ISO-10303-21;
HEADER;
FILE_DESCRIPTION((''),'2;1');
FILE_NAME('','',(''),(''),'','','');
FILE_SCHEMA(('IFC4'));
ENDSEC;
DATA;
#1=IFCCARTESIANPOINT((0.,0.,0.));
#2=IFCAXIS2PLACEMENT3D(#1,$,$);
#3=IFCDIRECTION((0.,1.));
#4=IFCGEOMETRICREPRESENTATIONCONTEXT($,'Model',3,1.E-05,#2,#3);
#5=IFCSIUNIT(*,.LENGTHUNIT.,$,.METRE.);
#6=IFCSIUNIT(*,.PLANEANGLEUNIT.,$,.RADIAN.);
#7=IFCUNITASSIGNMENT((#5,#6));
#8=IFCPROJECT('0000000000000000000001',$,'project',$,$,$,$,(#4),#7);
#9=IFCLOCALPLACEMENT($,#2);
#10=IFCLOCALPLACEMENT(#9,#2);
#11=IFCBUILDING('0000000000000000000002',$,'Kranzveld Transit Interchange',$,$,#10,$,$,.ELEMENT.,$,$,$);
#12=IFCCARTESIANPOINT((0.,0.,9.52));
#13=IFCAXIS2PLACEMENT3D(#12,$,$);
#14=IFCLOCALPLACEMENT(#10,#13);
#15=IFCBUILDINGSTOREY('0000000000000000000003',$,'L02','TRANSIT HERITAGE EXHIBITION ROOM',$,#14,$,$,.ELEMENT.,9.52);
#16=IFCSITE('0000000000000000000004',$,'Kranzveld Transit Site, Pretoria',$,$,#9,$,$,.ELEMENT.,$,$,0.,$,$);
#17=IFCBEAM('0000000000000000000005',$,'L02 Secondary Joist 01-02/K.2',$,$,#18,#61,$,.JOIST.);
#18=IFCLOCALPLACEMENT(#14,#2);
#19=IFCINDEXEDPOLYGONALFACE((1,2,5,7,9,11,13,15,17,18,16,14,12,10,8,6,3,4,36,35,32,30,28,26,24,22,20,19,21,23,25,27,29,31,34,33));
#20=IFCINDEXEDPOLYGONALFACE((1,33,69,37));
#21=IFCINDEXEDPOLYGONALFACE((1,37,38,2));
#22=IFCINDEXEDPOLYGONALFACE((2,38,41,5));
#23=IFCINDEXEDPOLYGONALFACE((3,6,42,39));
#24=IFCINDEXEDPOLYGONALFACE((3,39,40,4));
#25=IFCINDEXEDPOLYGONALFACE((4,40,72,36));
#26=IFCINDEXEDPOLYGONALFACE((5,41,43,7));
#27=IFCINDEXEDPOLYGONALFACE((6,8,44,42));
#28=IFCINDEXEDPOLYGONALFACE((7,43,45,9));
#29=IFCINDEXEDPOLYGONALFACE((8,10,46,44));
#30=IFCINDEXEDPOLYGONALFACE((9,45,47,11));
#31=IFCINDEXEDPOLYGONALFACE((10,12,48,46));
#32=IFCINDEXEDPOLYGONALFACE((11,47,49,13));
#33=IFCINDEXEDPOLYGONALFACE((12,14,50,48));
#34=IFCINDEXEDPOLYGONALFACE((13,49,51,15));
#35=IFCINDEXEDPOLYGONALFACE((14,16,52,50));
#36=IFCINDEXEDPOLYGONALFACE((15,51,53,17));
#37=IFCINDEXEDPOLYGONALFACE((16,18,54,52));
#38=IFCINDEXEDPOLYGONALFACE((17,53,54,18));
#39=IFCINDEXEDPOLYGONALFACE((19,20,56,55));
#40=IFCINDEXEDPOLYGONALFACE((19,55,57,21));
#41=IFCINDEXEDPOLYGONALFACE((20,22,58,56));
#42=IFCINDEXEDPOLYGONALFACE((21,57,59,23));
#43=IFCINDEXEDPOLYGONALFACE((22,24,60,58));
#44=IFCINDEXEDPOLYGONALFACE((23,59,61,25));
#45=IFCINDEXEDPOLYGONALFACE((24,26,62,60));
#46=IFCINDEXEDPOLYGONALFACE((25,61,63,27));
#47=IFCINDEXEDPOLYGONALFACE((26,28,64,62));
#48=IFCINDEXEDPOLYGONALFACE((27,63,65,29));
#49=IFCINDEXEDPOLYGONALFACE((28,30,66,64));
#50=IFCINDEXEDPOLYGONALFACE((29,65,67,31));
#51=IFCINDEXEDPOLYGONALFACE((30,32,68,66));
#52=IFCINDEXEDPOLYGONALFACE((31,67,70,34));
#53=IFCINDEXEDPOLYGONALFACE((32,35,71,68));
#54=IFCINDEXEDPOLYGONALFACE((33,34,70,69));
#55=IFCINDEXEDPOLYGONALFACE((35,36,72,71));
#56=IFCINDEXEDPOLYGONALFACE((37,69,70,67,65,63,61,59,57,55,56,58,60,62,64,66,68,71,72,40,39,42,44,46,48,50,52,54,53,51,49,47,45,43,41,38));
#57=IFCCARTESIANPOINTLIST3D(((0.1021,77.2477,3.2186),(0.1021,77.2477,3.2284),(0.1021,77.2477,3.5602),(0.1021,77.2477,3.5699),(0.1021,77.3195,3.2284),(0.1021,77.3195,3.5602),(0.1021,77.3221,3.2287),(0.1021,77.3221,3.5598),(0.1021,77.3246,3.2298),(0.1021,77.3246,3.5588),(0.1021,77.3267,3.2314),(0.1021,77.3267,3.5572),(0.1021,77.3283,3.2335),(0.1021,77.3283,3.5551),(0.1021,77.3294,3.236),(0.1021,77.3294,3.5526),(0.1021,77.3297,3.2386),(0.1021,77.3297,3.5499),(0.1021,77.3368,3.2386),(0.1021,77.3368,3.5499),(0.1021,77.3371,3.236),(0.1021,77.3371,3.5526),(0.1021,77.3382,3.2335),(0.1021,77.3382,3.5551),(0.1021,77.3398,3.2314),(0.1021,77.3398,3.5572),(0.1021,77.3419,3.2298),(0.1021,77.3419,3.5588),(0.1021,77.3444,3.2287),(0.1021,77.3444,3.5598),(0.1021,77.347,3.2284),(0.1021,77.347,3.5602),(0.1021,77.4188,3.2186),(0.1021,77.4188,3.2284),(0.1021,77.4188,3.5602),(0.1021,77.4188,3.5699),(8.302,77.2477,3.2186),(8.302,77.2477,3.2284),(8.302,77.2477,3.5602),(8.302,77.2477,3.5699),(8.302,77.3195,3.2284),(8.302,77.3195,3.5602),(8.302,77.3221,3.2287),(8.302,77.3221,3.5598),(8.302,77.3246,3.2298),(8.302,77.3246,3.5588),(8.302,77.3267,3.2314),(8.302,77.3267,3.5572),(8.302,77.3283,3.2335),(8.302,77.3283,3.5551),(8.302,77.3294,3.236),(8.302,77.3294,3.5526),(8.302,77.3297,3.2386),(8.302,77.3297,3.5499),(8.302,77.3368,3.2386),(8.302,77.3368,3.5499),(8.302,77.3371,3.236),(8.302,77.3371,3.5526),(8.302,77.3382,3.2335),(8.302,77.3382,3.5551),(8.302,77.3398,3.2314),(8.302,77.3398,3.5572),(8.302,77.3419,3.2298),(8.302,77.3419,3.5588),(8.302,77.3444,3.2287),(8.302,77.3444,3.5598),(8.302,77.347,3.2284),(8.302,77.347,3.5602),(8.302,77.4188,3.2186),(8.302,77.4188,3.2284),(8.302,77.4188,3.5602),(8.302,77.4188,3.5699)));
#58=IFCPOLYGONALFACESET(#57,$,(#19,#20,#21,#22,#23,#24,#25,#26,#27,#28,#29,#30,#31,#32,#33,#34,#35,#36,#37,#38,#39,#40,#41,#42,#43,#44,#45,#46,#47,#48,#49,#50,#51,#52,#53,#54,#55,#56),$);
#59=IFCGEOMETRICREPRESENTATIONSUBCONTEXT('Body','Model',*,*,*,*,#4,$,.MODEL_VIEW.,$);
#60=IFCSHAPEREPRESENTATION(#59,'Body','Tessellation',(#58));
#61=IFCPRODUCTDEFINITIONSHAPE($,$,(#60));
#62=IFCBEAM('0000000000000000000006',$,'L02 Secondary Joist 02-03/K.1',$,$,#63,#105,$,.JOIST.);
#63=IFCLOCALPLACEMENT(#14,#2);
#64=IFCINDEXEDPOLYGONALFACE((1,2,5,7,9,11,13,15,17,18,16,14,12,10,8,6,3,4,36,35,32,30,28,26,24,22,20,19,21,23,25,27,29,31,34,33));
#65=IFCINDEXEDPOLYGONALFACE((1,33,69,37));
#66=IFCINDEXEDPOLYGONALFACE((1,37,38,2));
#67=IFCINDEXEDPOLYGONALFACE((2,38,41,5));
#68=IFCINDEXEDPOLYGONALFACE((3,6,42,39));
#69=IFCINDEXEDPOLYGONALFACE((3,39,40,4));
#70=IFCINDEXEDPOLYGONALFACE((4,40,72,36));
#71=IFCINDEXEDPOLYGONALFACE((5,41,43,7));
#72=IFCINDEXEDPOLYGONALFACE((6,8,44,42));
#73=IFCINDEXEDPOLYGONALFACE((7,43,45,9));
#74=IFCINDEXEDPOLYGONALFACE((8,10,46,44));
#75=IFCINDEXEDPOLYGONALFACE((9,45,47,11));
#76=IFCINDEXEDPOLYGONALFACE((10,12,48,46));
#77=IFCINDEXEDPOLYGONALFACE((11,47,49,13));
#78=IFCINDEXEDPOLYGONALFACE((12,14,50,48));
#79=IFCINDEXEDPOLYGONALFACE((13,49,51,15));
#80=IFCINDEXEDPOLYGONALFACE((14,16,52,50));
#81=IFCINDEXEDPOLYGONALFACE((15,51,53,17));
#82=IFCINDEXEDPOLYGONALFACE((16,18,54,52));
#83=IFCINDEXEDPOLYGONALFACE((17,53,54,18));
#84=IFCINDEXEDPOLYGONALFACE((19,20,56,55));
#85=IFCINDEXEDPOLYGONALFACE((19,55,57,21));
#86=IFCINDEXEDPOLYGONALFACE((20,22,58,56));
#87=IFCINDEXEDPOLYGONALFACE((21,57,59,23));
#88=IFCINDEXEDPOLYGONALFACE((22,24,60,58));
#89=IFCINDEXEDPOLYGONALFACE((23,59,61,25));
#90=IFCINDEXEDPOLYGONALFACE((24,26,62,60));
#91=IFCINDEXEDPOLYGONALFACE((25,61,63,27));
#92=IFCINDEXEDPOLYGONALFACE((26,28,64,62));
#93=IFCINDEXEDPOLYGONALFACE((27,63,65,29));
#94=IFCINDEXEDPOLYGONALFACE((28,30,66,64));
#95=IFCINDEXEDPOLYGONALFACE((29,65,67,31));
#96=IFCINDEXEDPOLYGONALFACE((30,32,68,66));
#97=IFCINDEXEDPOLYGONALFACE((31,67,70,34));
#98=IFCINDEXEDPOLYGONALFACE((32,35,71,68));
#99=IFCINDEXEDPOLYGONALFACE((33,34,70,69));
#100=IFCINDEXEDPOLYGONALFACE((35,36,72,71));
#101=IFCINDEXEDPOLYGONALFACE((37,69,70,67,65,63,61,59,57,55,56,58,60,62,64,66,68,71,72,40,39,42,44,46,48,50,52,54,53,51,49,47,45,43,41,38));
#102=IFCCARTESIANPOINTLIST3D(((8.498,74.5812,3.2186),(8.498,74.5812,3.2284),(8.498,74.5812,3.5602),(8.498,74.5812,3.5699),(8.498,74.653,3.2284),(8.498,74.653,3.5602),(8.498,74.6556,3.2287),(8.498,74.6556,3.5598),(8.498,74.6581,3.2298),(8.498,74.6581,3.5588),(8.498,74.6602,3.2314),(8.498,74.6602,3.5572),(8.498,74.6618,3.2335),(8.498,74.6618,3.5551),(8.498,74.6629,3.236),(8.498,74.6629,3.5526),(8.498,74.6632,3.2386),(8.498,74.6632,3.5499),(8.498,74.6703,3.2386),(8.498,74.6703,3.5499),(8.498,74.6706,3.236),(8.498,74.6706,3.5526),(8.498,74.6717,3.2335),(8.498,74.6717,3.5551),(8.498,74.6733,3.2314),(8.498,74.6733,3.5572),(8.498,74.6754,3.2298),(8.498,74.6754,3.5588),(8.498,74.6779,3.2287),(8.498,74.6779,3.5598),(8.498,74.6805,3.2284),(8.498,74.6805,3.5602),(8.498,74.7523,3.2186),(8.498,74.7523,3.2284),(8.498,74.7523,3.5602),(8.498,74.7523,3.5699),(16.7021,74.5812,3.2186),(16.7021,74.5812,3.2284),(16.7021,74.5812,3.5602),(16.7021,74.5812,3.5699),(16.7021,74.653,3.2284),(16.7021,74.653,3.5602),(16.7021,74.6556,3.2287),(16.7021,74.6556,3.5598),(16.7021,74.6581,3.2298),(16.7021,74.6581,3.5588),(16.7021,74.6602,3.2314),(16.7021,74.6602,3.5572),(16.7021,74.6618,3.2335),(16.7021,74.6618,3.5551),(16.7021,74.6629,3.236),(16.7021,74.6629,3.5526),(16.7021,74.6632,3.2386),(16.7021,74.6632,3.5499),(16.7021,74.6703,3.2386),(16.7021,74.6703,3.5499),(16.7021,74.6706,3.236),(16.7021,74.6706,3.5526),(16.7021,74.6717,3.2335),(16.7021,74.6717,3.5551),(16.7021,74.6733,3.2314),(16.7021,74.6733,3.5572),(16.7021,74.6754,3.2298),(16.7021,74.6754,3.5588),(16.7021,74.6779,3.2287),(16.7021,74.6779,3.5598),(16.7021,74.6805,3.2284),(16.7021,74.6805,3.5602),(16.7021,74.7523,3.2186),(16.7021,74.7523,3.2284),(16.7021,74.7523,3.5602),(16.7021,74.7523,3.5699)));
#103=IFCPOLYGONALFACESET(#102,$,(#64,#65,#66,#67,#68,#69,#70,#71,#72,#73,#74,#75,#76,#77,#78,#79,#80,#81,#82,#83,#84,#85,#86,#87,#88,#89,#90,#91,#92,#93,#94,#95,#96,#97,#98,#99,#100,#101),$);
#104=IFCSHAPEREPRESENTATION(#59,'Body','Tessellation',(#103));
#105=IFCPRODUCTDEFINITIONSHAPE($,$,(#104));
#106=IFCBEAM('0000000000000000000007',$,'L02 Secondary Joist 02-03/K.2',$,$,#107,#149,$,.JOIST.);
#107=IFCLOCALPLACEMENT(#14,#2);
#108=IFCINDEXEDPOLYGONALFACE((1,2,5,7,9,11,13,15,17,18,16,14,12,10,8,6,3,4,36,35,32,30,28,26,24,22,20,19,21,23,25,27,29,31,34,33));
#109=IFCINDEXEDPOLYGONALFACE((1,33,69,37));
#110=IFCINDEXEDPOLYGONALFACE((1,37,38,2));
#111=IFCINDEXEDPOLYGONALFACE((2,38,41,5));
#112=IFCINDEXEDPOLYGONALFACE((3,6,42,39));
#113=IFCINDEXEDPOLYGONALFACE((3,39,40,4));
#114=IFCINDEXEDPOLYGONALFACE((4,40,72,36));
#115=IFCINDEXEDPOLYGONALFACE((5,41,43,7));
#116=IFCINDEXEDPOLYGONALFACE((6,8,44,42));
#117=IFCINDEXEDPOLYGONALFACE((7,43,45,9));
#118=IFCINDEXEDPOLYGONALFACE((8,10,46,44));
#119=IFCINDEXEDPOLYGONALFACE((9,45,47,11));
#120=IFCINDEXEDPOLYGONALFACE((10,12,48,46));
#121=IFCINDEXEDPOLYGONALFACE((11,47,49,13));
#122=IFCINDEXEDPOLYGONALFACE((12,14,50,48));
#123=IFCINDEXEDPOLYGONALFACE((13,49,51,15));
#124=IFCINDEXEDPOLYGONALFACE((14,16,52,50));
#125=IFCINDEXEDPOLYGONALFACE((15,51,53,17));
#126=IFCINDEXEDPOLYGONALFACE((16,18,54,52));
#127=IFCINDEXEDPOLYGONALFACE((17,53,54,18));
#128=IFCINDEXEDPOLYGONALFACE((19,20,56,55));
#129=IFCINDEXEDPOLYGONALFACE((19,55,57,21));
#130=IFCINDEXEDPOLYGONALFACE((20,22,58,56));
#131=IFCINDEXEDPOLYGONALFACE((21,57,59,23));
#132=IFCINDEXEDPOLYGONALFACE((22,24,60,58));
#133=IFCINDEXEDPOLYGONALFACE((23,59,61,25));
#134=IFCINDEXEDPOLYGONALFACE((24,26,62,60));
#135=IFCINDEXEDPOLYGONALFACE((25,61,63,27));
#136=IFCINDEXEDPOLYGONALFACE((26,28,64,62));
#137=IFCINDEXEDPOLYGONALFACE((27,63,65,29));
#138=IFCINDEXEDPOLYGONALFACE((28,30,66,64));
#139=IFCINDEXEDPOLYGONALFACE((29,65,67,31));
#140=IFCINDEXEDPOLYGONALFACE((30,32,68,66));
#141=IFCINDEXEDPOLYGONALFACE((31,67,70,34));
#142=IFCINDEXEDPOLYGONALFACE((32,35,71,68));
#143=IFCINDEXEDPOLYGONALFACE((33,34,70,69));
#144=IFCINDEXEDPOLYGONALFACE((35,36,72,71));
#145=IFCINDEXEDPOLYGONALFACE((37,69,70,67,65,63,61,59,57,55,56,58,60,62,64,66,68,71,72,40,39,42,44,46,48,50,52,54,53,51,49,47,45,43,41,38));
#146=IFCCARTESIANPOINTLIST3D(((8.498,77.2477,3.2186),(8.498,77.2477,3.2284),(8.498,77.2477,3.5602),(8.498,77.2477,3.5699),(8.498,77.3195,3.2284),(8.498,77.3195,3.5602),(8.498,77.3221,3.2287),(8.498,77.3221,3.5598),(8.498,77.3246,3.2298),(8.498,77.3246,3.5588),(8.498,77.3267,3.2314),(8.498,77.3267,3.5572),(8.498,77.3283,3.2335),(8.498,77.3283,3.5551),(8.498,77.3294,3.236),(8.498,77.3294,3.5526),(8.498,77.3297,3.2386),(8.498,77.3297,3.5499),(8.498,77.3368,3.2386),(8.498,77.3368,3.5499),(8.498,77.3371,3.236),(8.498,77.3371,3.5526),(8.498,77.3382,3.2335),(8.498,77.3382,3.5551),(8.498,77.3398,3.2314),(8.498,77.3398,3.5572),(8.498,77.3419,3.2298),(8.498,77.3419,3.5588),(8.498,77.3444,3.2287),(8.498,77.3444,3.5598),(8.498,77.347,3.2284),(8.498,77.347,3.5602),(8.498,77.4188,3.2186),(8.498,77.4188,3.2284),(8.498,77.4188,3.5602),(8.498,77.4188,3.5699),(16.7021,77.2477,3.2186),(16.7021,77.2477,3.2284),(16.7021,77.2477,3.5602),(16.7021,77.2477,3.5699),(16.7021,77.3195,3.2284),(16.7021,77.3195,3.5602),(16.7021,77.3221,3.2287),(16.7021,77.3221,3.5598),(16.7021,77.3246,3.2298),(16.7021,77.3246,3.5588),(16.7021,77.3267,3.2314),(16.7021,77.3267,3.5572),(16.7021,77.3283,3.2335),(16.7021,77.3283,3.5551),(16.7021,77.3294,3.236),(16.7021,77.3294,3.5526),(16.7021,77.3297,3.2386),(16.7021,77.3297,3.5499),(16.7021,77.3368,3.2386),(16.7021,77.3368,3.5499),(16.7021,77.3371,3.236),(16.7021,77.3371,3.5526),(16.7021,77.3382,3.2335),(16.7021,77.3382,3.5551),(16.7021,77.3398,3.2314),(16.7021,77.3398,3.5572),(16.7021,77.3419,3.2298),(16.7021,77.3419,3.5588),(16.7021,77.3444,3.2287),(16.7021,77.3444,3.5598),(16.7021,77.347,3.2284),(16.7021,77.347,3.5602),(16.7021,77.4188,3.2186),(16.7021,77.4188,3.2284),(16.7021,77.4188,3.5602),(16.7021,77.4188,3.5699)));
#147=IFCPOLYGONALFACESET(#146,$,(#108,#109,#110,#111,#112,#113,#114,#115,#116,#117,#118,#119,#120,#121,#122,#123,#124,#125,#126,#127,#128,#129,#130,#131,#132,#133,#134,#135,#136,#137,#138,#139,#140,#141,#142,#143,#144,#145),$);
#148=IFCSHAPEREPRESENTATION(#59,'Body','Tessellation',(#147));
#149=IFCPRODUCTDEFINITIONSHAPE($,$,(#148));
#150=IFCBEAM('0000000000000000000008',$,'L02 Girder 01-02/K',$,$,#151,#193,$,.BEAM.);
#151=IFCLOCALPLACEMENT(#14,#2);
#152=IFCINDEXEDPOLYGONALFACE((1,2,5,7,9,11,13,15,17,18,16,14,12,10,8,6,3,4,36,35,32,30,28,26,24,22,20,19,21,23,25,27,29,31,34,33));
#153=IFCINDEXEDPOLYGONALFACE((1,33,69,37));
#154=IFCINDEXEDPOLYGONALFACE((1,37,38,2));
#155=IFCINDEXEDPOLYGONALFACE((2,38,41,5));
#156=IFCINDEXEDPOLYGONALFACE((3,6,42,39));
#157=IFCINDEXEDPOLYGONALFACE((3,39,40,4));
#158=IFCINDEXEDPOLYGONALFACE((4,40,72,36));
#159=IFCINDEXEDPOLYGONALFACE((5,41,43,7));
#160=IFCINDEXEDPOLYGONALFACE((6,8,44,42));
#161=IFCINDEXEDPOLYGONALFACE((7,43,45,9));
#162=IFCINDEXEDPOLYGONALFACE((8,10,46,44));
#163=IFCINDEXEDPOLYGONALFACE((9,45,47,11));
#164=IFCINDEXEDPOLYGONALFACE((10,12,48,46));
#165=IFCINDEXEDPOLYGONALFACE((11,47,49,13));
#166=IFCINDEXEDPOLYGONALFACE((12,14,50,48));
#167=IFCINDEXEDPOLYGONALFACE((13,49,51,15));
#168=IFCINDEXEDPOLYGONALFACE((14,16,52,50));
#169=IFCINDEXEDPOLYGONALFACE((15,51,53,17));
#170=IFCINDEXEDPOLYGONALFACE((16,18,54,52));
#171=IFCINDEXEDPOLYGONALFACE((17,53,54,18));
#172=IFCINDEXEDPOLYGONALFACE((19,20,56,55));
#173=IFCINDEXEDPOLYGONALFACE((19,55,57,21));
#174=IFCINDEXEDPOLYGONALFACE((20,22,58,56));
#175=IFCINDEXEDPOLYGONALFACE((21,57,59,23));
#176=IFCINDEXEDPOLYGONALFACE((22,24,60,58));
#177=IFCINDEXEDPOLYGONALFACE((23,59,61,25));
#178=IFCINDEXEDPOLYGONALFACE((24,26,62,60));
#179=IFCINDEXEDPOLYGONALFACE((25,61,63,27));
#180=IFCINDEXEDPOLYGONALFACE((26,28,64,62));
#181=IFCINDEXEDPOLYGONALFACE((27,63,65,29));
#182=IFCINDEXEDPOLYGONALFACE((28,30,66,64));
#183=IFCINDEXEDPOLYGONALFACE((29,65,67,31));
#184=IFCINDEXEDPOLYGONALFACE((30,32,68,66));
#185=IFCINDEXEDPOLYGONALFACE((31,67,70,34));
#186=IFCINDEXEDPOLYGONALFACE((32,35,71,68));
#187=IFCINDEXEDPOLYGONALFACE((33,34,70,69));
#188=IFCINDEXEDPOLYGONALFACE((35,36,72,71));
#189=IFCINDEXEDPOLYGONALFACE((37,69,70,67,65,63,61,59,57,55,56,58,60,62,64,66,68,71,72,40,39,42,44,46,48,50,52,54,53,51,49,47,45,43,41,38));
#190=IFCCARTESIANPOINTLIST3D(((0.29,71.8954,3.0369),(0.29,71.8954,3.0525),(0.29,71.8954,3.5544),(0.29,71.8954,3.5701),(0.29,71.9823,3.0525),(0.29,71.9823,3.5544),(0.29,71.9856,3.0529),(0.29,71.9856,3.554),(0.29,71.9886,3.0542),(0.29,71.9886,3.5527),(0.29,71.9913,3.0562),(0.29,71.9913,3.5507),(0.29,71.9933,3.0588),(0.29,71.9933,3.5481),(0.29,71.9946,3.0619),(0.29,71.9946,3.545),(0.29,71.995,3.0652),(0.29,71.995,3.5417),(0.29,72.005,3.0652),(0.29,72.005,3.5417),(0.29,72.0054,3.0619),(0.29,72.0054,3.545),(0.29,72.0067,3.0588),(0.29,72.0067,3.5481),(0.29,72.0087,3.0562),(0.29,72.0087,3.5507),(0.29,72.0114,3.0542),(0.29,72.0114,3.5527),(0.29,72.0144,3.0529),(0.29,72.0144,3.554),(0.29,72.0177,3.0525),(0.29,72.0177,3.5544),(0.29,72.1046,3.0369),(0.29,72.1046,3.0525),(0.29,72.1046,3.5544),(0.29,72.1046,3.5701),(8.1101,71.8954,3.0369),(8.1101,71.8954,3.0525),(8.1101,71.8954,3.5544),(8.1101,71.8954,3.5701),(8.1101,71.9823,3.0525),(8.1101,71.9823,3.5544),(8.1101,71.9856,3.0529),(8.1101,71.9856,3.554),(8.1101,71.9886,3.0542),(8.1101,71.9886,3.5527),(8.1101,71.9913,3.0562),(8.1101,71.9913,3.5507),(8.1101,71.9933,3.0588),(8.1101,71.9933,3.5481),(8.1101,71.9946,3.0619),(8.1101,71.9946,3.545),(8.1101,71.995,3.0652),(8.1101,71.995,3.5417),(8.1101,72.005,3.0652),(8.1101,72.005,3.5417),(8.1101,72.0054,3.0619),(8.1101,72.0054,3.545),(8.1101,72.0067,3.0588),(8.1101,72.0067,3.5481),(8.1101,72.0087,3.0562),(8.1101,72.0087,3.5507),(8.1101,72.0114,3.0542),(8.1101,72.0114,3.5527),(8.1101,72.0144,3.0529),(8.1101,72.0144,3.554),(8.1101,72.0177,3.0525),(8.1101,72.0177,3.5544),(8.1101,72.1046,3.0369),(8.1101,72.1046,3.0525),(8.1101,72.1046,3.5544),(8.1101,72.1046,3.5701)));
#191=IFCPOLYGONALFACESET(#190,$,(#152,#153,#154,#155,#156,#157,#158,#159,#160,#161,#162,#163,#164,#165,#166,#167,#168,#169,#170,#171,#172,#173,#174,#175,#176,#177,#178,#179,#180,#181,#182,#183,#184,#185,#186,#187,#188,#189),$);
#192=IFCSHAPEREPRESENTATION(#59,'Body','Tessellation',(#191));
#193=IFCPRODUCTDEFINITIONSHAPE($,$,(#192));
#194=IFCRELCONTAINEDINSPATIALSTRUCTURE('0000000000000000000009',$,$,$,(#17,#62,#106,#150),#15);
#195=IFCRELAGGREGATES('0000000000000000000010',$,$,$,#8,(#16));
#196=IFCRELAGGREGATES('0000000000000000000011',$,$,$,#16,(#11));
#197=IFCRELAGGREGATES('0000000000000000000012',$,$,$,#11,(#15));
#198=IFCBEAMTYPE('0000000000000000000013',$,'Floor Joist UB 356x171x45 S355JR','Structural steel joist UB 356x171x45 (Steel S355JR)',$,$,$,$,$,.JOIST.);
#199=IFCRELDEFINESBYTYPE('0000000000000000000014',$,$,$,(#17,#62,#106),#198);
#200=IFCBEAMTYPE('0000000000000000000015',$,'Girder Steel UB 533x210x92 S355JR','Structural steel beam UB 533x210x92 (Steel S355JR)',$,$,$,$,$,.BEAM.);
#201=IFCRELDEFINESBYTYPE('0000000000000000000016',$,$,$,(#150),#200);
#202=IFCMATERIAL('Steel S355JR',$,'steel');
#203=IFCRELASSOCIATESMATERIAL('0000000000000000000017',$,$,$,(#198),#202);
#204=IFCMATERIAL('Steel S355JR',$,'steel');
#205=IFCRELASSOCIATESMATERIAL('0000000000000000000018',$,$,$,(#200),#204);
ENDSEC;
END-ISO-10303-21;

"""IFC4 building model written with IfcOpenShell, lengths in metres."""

from ifc_helpers import new_model, si_unit, direction, frame, origin, origin_2d, place, context, subcontext, project, spatial, i_section, extrude, material, material_profile, profile_set, type_object, element, save


model = new_model("IFC4")

# Units and contexts
model_context = context("Model", 3, precision=1e-05, world=origin(), true_north=direction((0.0, 1.0)))
body_context = subcontext(model_context, "Body", "Model", "MODEL_VIEW")
ifc_project = project(units=[si_unit("LENGTHUNIT", "METRE"), si_unit("PLANEANGLEUNIT", "RADIAN")], contexts=[model_context])

# Site, building, storey
site_placement = place(None, origin())
site = spatial("IfcSite", under=ifc_project, at=site_placement, Name="Kranzveld Transit Site, Pretoria", CompositionType="ELEMENT", RefElevation=0.0)
building_placement = place(site_placement, origin())
building = spatial("IfcBuilding", under=site, at=building_placement, Name="Kranzveld Transit Interchange", CompositionType="ELEMENT")
storey_placement = place(building_placement, frame((0.0, 0.0, 9.52)))
storey = spatial("IfcBuildingStorey", under=building, at=storey_placement, Name="L02", Description="TRANSIT HERITAGE EXHIBITION ROOM", CompositionType="ELEMENT", Elevation=9.52)

# Beams
ifc_material_1 = material(Name="Steel S355JR", Category="steel")
ifc_material_profile_1 = material_profile(ifc_material_1, i_section(OverallWidth=0.1711, OverallDepth=0.3513, WebThickness=0.0071, FlangeThickness=0.0098, FilletRadius=0.0103, at=origin_2d()), Name="UB 356x171x45")
ifc_profile_set_1 = profile_set([ifc_material_profile_1], Name="Steel S355JR")
beam_type_1 = type_object("IfcBeamType", Name="Floor Joist UB 356x171x45 S355JR", Description="Structural steel joist UB 356x171x45 (Steel S355JR)", PredefinedType="JOIST", material=ifc_profile_set_1)
for number, where, z_axis, x_axis, name in (
    (1, (0.1021, 77.3333, 3.3943), (1.0, 0.0, 0.0), (0.0, 1.0, 0.0), "L02 Secondary Joist 01-02/K.2"),
):
    element("IfcBeam", number, at=place(storey_placement, frame(where, z_axis=z_axis, x_axis=x_axis)), inside=storey, type_object=beam_type_1, Name=name, PredefinedType="JOIST", context=body_context, shape_type="SweptSolid", body=[
        extrude(i_section(OverallWidth=0.1711, OverallDepth=0.3513, WebThickness=0.0071, FlangeThickness=0.0098, FilletRadius=0.0103, at=origin_2d()), origin(), (0.0, 0.0, 1.0), 8.2),
    ])
for number, where, z_axis, x_axis, name in (
    (2, (8.498, 74.6667, 3.3943), (1.0, 0.0, 0.0), (0.0, 1.0, 0.0), "L02 Secondary Joist 02-03/K.1"),
    (3, (8.498, 77.3333, 3.3943), (1.0, 0.0, 0.0), (0.0, 1.0, 0.0), "L02 Secondary Joist 02-03/K.2"),
):
    element("IfcBeam", number, at=place(storey_placement, frame(where, z_axis=z_axis, x_axis=x_axis)), inside=storey, type_object=beam_type_1, Name=name, PredefinedType="JOIST", context=body_context, shape_type="SweptSolid", body=[
        extrude(i_section(OverallWidth=0.1711, OverallDepth=0.3513, WebThickness=0.0071, FlangeThickness=0.0098, FilletRadius=0.0103, at=origin_2d()), origin(), (0.0, 0.0, 1.0), 8.2041),
    ])
ifc_material_2 = material(Name="Steel S355JR", Category="steel")
ifc_material_profile_2 = material_profile(ifc_material_2, i_section(OverallWidth=0.2092, OverallDepth=0.5332, WebThickness=0.01, FlangeThickness=0.0156, FilletRadius=0.0127, at=origin_2d()), Name="UB 533x210x92")
ifc_profile_set_2 = profile_set([ifc_material_profile_2], Name="Steel S355JR")
beam_type_2 = type_object("IfcBeamType", Name="Girder Steel UB 533x210x92 S355JR", Description="Structural steel beam UB 533x210x92 (Steel S355JR)", PredefinedType="BEAM", material=ifc_profile_set_2)
for number, where, z_axis, x_axis, name in (
    (4, (0.29, 72.0, 3.3035), (1.0, 0.0, 0.0), (0.0, 1.0, 0.0), "L02 Girder 01-02/K"),
):
    element("IfcBeam", number, at=place(storey_placement, frame(where, z_axis=z_axis, x_axis=x_axis)), inside=storey, type_object=beam_type_2, Name=name, PredefinedType="BEAM", context=body_context, shape_type="SweptSolid", body=[
        extrude(i_section(OverallWidth=0.2092, OverallDepth=0.5332, WebThickness=0.01, FlangeThickness=0.0156, FilletRadius=0.0127, at=origin_2d()), origin(), (0.0, 0.0, 1.0), 7.8201),
    ])

save(model, "model.ifc")
